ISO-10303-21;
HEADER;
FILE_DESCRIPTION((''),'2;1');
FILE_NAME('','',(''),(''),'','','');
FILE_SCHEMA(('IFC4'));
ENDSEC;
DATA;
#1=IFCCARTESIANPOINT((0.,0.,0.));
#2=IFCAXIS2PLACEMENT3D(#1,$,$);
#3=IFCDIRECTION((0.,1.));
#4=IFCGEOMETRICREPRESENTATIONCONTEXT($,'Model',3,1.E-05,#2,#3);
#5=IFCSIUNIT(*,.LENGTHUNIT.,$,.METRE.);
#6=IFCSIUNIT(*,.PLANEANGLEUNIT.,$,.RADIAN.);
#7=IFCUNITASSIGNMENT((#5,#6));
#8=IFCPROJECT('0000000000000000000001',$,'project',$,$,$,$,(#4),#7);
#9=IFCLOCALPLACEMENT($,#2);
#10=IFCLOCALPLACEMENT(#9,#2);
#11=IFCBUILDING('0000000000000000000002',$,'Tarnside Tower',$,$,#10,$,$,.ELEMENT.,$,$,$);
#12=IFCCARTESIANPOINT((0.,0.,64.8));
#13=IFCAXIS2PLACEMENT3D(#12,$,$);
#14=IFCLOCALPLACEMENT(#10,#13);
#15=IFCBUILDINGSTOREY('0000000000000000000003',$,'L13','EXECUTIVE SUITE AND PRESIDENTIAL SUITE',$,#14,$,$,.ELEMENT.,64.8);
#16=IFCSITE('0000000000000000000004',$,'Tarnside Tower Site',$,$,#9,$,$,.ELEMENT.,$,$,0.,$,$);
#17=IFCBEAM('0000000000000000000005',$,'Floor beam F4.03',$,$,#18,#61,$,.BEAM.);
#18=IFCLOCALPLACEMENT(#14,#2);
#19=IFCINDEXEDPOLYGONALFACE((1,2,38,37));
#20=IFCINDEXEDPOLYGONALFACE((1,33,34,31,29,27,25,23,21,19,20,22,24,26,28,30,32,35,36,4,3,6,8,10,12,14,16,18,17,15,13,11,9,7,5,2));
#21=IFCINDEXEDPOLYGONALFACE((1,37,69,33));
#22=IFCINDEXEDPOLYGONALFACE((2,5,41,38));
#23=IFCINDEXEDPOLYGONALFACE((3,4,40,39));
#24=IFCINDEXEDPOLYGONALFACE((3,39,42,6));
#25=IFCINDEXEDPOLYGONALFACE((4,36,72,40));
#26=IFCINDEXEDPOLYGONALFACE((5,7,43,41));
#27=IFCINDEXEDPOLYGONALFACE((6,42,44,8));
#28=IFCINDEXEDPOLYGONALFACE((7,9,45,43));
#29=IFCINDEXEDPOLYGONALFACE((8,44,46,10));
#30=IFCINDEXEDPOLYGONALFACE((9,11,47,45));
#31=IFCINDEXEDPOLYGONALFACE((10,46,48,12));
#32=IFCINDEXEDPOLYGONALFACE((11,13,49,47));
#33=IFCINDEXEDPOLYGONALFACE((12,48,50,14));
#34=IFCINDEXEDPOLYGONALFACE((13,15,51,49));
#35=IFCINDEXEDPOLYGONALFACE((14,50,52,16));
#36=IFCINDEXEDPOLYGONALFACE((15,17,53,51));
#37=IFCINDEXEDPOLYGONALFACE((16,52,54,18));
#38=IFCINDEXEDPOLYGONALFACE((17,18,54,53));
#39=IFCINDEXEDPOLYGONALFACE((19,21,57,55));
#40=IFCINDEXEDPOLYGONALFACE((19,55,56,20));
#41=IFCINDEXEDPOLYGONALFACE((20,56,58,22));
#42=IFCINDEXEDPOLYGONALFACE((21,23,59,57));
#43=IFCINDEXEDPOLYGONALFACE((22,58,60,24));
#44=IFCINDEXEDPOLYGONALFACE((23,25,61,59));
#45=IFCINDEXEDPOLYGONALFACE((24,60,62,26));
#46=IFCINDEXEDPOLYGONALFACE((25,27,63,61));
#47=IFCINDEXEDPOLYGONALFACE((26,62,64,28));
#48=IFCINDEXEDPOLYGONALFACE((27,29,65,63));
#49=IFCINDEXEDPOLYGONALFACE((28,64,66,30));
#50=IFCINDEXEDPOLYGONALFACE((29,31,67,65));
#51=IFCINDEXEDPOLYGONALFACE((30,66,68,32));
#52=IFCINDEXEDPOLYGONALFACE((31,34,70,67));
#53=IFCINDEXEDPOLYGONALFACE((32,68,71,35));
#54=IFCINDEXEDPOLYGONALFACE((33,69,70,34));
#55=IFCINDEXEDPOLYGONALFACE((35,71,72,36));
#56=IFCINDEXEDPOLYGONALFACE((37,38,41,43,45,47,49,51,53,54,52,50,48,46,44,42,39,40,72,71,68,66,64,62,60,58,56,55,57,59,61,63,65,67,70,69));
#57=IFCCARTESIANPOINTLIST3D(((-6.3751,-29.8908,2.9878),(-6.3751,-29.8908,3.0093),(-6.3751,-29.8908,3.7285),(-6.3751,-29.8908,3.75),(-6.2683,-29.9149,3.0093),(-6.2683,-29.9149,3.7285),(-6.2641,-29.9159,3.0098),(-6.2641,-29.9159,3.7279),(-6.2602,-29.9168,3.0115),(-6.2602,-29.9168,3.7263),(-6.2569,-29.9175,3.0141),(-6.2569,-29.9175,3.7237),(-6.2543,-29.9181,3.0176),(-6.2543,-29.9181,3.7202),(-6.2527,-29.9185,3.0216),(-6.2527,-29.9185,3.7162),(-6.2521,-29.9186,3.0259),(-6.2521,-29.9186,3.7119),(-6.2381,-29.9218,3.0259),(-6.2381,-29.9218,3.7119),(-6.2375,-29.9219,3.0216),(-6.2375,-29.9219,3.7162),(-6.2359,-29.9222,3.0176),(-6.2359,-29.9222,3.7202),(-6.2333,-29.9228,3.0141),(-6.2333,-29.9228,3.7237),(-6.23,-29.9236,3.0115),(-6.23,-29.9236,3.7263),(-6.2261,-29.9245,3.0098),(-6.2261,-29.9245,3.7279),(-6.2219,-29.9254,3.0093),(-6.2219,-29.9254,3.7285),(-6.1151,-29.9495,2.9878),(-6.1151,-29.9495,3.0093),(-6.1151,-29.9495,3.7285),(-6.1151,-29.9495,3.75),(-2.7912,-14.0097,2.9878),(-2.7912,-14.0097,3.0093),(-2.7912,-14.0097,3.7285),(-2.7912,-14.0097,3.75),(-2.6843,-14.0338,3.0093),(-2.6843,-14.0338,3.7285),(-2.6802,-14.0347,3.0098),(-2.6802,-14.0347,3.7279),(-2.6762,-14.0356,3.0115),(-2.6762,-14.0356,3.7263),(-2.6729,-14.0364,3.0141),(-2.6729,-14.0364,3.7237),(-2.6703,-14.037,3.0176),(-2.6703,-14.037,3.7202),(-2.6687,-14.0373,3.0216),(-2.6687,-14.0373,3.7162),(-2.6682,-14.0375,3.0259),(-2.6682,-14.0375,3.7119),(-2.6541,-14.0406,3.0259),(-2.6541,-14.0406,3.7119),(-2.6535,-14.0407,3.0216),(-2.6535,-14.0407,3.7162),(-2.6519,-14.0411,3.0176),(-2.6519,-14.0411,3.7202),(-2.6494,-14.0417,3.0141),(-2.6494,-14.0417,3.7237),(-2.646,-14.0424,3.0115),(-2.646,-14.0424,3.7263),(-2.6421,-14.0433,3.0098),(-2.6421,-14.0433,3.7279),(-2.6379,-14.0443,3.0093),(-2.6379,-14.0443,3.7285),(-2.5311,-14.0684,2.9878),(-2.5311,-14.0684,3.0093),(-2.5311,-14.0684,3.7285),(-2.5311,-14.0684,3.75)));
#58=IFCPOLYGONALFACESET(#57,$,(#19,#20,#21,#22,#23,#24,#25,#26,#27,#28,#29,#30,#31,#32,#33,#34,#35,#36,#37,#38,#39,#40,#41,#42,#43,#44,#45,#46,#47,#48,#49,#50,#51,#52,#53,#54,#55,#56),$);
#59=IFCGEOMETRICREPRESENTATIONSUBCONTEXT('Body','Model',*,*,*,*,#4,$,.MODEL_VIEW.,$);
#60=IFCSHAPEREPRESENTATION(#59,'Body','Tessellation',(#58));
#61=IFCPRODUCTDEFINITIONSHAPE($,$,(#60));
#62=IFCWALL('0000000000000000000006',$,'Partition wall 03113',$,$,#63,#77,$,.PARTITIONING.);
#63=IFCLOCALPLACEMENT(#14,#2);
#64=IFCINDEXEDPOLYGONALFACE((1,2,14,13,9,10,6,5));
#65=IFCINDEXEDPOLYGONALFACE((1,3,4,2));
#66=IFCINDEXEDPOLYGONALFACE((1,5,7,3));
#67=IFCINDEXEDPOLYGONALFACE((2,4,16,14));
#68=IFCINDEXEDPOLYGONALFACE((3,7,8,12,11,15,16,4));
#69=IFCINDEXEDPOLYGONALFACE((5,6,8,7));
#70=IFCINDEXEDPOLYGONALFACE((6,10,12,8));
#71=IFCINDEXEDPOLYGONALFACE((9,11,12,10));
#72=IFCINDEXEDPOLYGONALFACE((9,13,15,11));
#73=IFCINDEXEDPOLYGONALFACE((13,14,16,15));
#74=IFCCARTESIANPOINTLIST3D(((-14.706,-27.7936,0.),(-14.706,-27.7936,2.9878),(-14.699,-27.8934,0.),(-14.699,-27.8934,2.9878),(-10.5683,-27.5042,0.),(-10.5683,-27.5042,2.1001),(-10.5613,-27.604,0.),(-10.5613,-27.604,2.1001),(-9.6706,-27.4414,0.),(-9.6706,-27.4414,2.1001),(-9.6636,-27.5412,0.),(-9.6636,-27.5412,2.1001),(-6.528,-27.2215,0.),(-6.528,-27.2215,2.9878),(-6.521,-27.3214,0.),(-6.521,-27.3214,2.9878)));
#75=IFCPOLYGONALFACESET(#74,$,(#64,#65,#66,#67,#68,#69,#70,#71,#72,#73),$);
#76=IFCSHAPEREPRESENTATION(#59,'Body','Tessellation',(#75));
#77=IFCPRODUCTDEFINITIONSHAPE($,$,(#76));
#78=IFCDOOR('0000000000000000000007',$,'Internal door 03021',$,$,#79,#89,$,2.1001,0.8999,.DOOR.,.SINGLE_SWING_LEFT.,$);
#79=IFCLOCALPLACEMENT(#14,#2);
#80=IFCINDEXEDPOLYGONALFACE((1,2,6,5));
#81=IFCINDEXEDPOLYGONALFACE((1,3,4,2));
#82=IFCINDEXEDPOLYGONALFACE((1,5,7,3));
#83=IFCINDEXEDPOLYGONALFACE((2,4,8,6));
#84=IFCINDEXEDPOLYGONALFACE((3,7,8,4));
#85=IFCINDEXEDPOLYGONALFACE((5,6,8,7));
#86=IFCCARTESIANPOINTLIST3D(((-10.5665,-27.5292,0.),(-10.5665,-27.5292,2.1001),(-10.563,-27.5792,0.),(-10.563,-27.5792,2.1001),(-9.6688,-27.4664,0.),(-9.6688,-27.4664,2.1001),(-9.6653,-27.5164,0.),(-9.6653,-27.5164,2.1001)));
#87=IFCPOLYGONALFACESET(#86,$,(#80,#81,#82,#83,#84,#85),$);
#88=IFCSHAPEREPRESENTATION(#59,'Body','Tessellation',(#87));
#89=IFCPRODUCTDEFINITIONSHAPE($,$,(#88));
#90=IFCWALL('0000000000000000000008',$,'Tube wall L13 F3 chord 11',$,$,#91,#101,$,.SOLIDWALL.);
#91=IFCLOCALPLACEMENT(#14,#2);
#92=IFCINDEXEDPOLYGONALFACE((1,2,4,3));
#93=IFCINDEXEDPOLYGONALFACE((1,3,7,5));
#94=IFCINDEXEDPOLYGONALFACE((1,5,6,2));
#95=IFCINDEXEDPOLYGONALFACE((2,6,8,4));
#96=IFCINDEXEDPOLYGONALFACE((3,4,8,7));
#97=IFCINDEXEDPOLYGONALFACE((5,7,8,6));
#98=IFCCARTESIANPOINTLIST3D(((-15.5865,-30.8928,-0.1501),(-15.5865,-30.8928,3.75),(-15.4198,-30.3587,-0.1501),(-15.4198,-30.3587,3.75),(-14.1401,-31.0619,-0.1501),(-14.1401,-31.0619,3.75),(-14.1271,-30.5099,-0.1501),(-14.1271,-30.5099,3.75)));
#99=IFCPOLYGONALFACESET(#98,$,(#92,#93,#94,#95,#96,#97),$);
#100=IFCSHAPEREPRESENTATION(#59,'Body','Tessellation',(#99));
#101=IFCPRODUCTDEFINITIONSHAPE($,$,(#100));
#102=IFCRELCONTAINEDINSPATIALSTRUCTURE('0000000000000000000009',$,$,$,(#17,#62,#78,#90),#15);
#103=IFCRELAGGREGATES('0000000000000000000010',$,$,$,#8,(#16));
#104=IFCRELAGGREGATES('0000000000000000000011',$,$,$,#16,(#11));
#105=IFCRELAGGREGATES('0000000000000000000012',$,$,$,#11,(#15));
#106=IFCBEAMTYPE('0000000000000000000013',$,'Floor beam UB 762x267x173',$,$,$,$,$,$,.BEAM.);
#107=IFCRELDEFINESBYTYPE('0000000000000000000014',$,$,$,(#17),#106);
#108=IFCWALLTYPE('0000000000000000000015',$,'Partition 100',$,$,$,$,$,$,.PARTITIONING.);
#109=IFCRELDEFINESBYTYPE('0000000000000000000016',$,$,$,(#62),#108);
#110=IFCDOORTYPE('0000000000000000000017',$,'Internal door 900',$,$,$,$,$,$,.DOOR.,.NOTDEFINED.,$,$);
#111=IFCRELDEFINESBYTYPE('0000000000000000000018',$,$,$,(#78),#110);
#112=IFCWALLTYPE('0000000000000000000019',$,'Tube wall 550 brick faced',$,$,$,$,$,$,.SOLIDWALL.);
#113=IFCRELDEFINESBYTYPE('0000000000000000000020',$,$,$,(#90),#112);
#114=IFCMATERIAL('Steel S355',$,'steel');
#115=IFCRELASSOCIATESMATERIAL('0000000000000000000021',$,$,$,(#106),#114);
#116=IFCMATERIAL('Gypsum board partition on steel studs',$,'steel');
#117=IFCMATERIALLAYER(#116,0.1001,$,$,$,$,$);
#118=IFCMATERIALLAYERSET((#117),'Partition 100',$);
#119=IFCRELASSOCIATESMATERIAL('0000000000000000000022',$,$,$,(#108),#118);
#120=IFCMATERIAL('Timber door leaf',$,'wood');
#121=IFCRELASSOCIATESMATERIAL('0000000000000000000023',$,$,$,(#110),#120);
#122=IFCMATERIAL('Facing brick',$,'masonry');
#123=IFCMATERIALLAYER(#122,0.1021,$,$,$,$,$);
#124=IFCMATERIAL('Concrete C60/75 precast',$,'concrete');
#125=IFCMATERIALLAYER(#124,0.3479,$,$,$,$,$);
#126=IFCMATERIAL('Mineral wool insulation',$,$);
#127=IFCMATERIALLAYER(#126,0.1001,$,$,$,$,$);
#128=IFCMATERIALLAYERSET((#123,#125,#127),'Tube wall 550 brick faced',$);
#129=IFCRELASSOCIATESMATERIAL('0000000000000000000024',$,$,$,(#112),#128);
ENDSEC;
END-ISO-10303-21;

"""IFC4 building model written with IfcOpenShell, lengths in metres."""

from ifc_helpers import new_model, si_unit, direction, frame, frame_2d, origin, origin_2d, place, context, subcontext, project, spatial, polyline, rectangle, i_section, outline, extrude, material, layer, layer_set, material_profile, profile_set, type_object, element, fill, save


model = new_model("IFC4")

# Units and contexts
model_context = context("Model", 3, precision=1e-05, world=origin(), true_north=direction((0.0, 1.0)))
body_context = subcontext(model_context, "Body", "Model", "MODEL_VIEW")
ifc_project = project(units=[si_unit("LENGTHUNIT", "METRE"), si_unit("PLANEANGLEUNIT", "RADIAN")], contexts=[model_context])

# Site, building, storey
site_placement = place(None, origin())
site = spatial("IfcSite", under=ifc_project, at=site_placement, Name="Tarnside Tower Site", CompositionType="ELEMENT", RefElevation=0.0)
building_placement = place(site_placement, origin())
building = spatial("IfcBuilding", under=site, at=building_placement, Name="Tarnside Tower", CompositionType="ELEMENT")
storey_placement = place(building_placement, frame((0.0, 0.0, 64.8)))
storey = spatial("IfcBuildingStorey", under=building, at=storey_placement, Name="L13", Description="EXECUTIVE SUITE AND PRESIDENTIAL SUITE", CompositionType="ELEMENT", Elevation=64.8)

# Beam
ifc_material_1 = material(Name="Steel S355", Category="steel")
ifc_material_profile_1 = material_profile(ifc_material_1, i_section(OverallWidth=0.2666, OverallDepth=0.7622, WebThickness=0.0144, FlangeThickness=0.0215, FilletRadius=0.0166, at=origin_2d()), Name="UB 762x267x173")
ifc_profile_set_1 = profile_set([ifc_material_profile_1], Name="Steel S355")
beam_type_1 = type_object("IfcBeamType", Name="Floor beam UB 762x267x173", PredefinedType="BEAM", material=ifc_profile_set_1)
beam_1_placement = place(storey_placement, frame((-6.2451, -29.9202, 3.3689), z_axis=(0.22014, 0.975468, 0.0), x_axis=(-0.975468, 0.22014, 0.0)))
element("IfcBeam", 1, at=beam_1_placement, inside=storey, type_object=beam_type_1, Name="Floor beam F4.03", PredefinedType="BEAM", context=body_context, shape_type="SweptSolid", body=[
    extrude(i_section(OverallWidth=0.2666, OverallDepth=0.7622, WebThickness=0.0144, FlangeThickness=0.0215, FilletRadius=0.0166, at=origin_2d()), origin(), (0.0, 0.0, 1.0), 16.2805),
])

# Wall, opening, door
ifc_material_2 = material(Name="Gypsum board partition on steel studs", Category="steel")
ifc_layer_1 = layer(ifc_material_2, 0.1001)
ifc_layer_set_1 = layer_set([ifc_layer_1], Name="Partition 100")
wall_type_1 = type_object("IfcWallType", Name="Partition 100", PredefinedType="PARTITIONING", material=ifc_layer_set_1)
wall_1_placement = place(storey_placement, frame((-14.7026, -27.8435, 0.0), z_axis=(0.0, 0.0, 1.0), x_axis=(0.997563, 0.069776, 0.0)))
wall_1 = element("IfcWall", 2, at=wall_1_placement, inside=storey, type_object=wall_type_1, Name="Partition wall 03113", PredefinedType="PARTITIONING", context=body_context, shape_type="SweptSolid", body=[
    extrude(rectangle(XDim=8.198, YDim=0.1001, at=frame_2d((4.0991, 0.0))), origin(), (0.0, 0.0, 1.0), 2.9878),
])
opening_1_placement = place(wall_1_placement, frame((4.1479, 0.0, 0.0)))
opening_1 = element("IfcOpeningElement", 3, at=opening_1_placement, cuts=wall_1, PredefinedType="OPENING", context=body_context, shape_type="SweptSolid", body=[
    extrude(rectangle(XDim=0.8999, YDim=2.1001, at=frame_2d((0.45, 1.05))), frame((0.0, 0.0601, 0.0), z_axis=(0.0, -1.0, 0.0), x_axis=(1.0, 0.0, 0.0)), (0.0, 0.0, 1.0), 0.1201),
])
ifc_material_3 = material(Name="Timber door leaf", Category="wood")
door_type = type_object("IfcDoorType", Name="Internal door 900", OperationType="NOTDEFINED", PredefinedType="DOOR", material=ifc_material_3)
door_placement = place(opening_1_placement, origin())
door = element("IfcDoor", 4, at=door_placement, inside=storey, type_object=door_type, Name="Internal door 03021", OperationType="SINGLE_SWING_LEFT", OverallHeight=2.1001, OverallWidth=0.8999, PredefinedType="DOOR", context=body_context, shape_type="SweptSolid", body=[
    extrude(rectangle(XDim=0.8999, YDim=2.1001, at=frame_2d((0.45, 1.05))), frame((0.0, 0.0249, 0.0), z_axis=(0.0, -1.0, 0.0), x_axis=(1.0, 0.0, 0.0)), (0.0, 0.0, 1.0), 0.05),
])
fill(opening_1, door)

# Wall
ifc_material_4 = material(Name="Facing brick", Category="masonry")
ifc_layer_2 = layer(ifc_material_4, 0.1021)
ifc_material_5 = material(Name="Concrete C60/75 precast", Category="concrete")
ifc_layer_3 = layer(ifc_material_5, 0.3479)
ifc_material_6 = material(Name="Mineral wool insulation")
ifc_layer_4 = layer(ifc_material_6, 0.1001)
ifc_layer_set_2 = layer_set([ifc_layer_2, ifc_layer_3, ifc_layer_4], Name="Tube wall 550 brick faced")
wall_type_2 = type_object("IfcWallType", Name="Tube wall 550 brick faced", PredefinedType="SOLIDWALL", material=ifc_layer_set_2)
wall_2_placement = place(storey_placement, frame((-15.5032, -30.6257, -0.1501), z_axis=(0.0, 0.0, 1.0), x_axis=(0.993233, -0.116143, 0.0)))
element("IfcWall", 5, at=wall_2_placement, inside=storey, type_object=wall_type_2, Name="Tube wall L13 F3 chord 11", PredefinedType="SOLIDWALL", context=body_context, shape_type="SweptSolid", body=[
    extrude(outline(polyline([(-0.0518, -0.2749), (1.4045, -0.2749), (1.3533, 0.2749), (0.0518, 0.2749), (-0.0518, -0.2749)])), origin(), (0.0, 0.0, 1.0), 3.9001),
])

save(model, "model.ifc")
